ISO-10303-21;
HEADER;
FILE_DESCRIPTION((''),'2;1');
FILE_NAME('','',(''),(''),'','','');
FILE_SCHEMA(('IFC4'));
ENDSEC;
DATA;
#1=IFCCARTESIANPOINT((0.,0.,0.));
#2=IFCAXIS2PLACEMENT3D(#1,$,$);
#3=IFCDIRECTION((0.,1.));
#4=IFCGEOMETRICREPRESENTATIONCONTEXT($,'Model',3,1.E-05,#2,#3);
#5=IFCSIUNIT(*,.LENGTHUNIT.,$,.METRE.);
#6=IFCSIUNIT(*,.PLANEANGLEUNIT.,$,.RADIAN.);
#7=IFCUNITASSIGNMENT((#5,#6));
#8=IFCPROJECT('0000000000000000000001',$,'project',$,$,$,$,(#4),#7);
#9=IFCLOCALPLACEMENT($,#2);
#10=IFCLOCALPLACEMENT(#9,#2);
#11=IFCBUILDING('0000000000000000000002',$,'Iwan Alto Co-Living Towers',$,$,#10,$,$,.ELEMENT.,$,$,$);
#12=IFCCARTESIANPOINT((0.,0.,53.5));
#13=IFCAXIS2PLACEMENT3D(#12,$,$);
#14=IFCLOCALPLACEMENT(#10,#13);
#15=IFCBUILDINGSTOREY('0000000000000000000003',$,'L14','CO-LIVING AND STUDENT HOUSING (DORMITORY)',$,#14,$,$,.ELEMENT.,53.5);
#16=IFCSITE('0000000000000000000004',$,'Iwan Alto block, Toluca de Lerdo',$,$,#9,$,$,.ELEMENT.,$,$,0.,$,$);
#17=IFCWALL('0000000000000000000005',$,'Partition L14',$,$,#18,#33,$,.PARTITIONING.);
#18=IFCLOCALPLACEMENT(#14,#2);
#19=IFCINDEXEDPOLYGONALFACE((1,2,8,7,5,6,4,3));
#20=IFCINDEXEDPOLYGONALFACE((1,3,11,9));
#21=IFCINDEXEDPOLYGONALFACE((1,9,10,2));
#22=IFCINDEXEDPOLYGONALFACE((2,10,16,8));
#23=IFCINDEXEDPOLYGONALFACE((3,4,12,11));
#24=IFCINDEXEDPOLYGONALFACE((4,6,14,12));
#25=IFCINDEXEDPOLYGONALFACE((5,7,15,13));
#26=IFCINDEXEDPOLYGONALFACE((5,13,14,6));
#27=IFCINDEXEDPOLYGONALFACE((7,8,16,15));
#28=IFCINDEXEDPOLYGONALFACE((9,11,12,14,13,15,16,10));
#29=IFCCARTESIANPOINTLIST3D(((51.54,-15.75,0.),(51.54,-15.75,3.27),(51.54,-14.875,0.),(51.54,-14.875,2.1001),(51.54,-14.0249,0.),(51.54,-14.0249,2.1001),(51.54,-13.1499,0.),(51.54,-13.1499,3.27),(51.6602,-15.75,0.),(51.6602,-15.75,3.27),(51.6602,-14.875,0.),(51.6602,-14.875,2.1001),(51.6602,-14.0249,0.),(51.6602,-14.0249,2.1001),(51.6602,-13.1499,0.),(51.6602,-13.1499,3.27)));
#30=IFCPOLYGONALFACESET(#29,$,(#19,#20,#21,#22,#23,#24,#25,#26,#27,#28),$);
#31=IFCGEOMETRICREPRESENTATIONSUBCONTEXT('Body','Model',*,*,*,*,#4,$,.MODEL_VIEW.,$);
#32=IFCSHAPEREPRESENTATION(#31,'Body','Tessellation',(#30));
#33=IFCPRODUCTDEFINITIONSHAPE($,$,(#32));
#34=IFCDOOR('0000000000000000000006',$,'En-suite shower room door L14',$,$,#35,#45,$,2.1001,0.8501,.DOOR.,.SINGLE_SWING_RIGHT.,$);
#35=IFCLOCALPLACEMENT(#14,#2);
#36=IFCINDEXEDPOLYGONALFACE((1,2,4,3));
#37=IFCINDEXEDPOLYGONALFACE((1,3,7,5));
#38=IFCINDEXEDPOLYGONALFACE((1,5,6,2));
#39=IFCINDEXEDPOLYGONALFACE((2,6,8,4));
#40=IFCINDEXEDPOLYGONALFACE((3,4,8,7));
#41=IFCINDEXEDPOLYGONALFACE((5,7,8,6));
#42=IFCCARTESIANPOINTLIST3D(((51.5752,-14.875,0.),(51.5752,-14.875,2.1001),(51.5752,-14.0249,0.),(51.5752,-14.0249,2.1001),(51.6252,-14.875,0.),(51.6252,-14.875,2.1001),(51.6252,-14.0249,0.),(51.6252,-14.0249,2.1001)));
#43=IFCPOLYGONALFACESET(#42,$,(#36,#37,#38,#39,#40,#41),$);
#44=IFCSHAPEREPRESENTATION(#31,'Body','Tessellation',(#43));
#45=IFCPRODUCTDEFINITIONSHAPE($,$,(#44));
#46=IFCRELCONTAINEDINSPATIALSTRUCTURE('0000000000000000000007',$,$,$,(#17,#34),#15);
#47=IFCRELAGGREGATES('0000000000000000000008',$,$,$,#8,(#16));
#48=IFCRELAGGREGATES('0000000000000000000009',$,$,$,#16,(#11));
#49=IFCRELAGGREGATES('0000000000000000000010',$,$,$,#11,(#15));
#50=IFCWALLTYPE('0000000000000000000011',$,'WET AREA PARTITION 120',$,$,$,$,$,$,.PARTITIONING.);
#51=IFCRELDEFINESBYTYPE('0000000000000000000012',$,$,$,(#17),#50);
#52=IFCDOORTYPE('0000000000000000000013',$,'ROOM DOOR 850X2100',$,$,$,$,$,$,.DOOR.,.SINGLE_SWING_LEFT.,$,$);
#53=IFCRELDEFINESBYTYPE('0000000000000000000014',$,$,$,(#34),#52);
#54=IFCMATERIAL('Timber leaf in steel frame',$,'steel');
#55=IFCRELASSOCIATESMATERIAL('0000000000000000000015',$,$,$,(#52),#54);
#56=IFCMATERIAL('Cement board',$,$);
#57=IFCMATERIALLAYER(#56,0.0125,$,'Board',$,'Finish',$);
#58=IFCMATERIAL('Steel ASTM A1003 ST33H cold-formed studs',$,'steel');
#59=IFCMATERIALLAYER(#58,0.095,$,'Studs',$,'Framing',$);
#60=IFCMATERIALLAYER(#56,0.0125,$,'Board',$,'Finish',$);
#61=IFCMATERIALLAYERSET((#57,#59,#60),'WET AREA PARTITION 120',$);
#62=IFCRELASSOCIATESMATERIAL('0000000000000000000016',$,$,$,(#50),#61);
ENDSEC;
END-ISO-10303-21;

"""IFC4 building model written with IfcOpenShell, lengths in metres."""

from ifc_helpers import new_model, si_unit, direction, frame, frame_2d, origin, place, context, subcontext, project, spatial, rectangle, extrude, material, layer, layer_set, type_object, element, fill, save


model = new_model("IFC4")

# Units and contexts
model_context = context("Model", 3, precision=1e-05, world=origin(), true_north=direction((0.0, 1.0)))
body_context = subcontext(model_context, "Body", "Model", "MODEL_VIEW")
ifc_project = project(units=[si_unit("LENGTHUNIT", "METRE"), si_unit("PLANEANGLEUNIT", "RADIAN")], contexts=[model_context])

# Site, building, storey
site_placement = place(None, origin())
site = spatial("IfcSite", under=ifc_project, at=site_placement, Name="Iwan Alto block, Toluca de Lerdo", CompositionType="ELEMENT", RefElevation=0.0)
building_placement = place(site_placement, origin())
building = spatial("IfcBuilding", under=site, at=building_placement, Name="Iwan Alto Co-Living Towers", CompositionType="ELEMENT")
storey_placement = place(building_placement, frame((0.0, 0.0, 53.5)))
storey = spatial("IfcBuildingStorey", under=building, at=storey_placement, Name="L14", Description="CO-LIVING AND STUDENT HOUSING (DORMITORY)", CompositionType="ELEMENT", Elevation=53.5)

# Shared definitions
ifc_material_1 = material(Name="Steel ASTM A1003 ST33H cold-formed studs", Category="steel")

# Shared definitions
ifc_material_2 = material(Name="Timber leaf in steel frame", Category="steel")
door_type_1 = type_object("IfcDoorType", Name="ROOM DOOR 850X2100", OperationType="SINGLE_SWING_LEFT", PredefinedType="DOOR", material=ifc_material_2)

# Shared definitions
ifc_material_3 = material(Name="Cement board")
ifc_layer_1 = layer(ifc_material_3, 0.0125, Name="Board", Category="Finish")
ifc_layer_2 = layer(ifc_material_1, 0.095, Name="Studs", Category="Framing")
ifc_layer_3 = layer(ifc_material_3, 0.0125, Name="Board", Category="Finish")
ifc_layer_set_1 = layer_set([ifc_layer_1, ifc_layer_2, ifc_layer_3], Name="WET AREA PARTITION 120")
wall_type_1 = type_object("IfcWallType", Name="WET AREA PARTITION 120", PredefinedType="PARTITIONING", material=ifc_layer_set_1)

# Wall, opening, door
wall_1_placement = place(storey_placement, frame((51.6001, -15.75, 0.0), z_axis=(0.0, 0.0, 1.0), x_axis=(0.0, 1.0, 0.0)))
wall_1 = element("IfcWall", 1, at=wall_1_placement, inside=storey, type_object=wall_type_1, Name="Partition L14", PredefinedType="PARTITIONING", context=body_context, shape_type="SweptSolid", body=[
    extrude(rectangle(XDim=2.6001, YDim=0.1201, at=frame_2d((1.3, 0.0))), origin(), (0.0, 0.0, 1.0), 3.27),
])
opening_1_placement = place(wall_1_placement, frame((0.875, 0.0, 0.0)))
opening_1 = element("IfcOpeningElement", 2, at=opening_1_placement, cuts=wall_1, PredefinedType="OPENING", context=body_context, shape_type="SweptSolid", body=[
    extrude(rectangle(XDim=0.8501, YDim=2.1001, at=frame_2d((0.425, 1.05))), frame((0.0, 0.0701, 0.0), z_axis=(0.0, -1.0, 0.0), x_axis=(1.0, 0.0, 0.0)), (0.0, 0.0, 1.0), 0.1401),
])
door_1_placement = place(opening_1_placement, origin())
door_1 = element("IfcDoor", 3, at=door_1_placement, inside=storey, type_object=door_type_1, Name="En-suite shower room door L14", OperationType="SINGLE_SWING_RIGHT", OverallHeight=2.1001, OverallWidth=0.8501, PredefinedType="DOOR", context=body_context, shape_type="SweptSolid", body=[
    extrude(rectangle(XDim=0.8501, YDim=2.1001, at=frame_2d((0.425, 1.05))), frame((0.0, 0.0249, 0.0), z_axis=(0.0, -1.0, 0.0), x_axis=(1.0, 0.0, 0.0)), (0.0, 0.0, 1.0), 0.05),
])
fill(opening_1, door_1)

save(model, "model.ifc")
